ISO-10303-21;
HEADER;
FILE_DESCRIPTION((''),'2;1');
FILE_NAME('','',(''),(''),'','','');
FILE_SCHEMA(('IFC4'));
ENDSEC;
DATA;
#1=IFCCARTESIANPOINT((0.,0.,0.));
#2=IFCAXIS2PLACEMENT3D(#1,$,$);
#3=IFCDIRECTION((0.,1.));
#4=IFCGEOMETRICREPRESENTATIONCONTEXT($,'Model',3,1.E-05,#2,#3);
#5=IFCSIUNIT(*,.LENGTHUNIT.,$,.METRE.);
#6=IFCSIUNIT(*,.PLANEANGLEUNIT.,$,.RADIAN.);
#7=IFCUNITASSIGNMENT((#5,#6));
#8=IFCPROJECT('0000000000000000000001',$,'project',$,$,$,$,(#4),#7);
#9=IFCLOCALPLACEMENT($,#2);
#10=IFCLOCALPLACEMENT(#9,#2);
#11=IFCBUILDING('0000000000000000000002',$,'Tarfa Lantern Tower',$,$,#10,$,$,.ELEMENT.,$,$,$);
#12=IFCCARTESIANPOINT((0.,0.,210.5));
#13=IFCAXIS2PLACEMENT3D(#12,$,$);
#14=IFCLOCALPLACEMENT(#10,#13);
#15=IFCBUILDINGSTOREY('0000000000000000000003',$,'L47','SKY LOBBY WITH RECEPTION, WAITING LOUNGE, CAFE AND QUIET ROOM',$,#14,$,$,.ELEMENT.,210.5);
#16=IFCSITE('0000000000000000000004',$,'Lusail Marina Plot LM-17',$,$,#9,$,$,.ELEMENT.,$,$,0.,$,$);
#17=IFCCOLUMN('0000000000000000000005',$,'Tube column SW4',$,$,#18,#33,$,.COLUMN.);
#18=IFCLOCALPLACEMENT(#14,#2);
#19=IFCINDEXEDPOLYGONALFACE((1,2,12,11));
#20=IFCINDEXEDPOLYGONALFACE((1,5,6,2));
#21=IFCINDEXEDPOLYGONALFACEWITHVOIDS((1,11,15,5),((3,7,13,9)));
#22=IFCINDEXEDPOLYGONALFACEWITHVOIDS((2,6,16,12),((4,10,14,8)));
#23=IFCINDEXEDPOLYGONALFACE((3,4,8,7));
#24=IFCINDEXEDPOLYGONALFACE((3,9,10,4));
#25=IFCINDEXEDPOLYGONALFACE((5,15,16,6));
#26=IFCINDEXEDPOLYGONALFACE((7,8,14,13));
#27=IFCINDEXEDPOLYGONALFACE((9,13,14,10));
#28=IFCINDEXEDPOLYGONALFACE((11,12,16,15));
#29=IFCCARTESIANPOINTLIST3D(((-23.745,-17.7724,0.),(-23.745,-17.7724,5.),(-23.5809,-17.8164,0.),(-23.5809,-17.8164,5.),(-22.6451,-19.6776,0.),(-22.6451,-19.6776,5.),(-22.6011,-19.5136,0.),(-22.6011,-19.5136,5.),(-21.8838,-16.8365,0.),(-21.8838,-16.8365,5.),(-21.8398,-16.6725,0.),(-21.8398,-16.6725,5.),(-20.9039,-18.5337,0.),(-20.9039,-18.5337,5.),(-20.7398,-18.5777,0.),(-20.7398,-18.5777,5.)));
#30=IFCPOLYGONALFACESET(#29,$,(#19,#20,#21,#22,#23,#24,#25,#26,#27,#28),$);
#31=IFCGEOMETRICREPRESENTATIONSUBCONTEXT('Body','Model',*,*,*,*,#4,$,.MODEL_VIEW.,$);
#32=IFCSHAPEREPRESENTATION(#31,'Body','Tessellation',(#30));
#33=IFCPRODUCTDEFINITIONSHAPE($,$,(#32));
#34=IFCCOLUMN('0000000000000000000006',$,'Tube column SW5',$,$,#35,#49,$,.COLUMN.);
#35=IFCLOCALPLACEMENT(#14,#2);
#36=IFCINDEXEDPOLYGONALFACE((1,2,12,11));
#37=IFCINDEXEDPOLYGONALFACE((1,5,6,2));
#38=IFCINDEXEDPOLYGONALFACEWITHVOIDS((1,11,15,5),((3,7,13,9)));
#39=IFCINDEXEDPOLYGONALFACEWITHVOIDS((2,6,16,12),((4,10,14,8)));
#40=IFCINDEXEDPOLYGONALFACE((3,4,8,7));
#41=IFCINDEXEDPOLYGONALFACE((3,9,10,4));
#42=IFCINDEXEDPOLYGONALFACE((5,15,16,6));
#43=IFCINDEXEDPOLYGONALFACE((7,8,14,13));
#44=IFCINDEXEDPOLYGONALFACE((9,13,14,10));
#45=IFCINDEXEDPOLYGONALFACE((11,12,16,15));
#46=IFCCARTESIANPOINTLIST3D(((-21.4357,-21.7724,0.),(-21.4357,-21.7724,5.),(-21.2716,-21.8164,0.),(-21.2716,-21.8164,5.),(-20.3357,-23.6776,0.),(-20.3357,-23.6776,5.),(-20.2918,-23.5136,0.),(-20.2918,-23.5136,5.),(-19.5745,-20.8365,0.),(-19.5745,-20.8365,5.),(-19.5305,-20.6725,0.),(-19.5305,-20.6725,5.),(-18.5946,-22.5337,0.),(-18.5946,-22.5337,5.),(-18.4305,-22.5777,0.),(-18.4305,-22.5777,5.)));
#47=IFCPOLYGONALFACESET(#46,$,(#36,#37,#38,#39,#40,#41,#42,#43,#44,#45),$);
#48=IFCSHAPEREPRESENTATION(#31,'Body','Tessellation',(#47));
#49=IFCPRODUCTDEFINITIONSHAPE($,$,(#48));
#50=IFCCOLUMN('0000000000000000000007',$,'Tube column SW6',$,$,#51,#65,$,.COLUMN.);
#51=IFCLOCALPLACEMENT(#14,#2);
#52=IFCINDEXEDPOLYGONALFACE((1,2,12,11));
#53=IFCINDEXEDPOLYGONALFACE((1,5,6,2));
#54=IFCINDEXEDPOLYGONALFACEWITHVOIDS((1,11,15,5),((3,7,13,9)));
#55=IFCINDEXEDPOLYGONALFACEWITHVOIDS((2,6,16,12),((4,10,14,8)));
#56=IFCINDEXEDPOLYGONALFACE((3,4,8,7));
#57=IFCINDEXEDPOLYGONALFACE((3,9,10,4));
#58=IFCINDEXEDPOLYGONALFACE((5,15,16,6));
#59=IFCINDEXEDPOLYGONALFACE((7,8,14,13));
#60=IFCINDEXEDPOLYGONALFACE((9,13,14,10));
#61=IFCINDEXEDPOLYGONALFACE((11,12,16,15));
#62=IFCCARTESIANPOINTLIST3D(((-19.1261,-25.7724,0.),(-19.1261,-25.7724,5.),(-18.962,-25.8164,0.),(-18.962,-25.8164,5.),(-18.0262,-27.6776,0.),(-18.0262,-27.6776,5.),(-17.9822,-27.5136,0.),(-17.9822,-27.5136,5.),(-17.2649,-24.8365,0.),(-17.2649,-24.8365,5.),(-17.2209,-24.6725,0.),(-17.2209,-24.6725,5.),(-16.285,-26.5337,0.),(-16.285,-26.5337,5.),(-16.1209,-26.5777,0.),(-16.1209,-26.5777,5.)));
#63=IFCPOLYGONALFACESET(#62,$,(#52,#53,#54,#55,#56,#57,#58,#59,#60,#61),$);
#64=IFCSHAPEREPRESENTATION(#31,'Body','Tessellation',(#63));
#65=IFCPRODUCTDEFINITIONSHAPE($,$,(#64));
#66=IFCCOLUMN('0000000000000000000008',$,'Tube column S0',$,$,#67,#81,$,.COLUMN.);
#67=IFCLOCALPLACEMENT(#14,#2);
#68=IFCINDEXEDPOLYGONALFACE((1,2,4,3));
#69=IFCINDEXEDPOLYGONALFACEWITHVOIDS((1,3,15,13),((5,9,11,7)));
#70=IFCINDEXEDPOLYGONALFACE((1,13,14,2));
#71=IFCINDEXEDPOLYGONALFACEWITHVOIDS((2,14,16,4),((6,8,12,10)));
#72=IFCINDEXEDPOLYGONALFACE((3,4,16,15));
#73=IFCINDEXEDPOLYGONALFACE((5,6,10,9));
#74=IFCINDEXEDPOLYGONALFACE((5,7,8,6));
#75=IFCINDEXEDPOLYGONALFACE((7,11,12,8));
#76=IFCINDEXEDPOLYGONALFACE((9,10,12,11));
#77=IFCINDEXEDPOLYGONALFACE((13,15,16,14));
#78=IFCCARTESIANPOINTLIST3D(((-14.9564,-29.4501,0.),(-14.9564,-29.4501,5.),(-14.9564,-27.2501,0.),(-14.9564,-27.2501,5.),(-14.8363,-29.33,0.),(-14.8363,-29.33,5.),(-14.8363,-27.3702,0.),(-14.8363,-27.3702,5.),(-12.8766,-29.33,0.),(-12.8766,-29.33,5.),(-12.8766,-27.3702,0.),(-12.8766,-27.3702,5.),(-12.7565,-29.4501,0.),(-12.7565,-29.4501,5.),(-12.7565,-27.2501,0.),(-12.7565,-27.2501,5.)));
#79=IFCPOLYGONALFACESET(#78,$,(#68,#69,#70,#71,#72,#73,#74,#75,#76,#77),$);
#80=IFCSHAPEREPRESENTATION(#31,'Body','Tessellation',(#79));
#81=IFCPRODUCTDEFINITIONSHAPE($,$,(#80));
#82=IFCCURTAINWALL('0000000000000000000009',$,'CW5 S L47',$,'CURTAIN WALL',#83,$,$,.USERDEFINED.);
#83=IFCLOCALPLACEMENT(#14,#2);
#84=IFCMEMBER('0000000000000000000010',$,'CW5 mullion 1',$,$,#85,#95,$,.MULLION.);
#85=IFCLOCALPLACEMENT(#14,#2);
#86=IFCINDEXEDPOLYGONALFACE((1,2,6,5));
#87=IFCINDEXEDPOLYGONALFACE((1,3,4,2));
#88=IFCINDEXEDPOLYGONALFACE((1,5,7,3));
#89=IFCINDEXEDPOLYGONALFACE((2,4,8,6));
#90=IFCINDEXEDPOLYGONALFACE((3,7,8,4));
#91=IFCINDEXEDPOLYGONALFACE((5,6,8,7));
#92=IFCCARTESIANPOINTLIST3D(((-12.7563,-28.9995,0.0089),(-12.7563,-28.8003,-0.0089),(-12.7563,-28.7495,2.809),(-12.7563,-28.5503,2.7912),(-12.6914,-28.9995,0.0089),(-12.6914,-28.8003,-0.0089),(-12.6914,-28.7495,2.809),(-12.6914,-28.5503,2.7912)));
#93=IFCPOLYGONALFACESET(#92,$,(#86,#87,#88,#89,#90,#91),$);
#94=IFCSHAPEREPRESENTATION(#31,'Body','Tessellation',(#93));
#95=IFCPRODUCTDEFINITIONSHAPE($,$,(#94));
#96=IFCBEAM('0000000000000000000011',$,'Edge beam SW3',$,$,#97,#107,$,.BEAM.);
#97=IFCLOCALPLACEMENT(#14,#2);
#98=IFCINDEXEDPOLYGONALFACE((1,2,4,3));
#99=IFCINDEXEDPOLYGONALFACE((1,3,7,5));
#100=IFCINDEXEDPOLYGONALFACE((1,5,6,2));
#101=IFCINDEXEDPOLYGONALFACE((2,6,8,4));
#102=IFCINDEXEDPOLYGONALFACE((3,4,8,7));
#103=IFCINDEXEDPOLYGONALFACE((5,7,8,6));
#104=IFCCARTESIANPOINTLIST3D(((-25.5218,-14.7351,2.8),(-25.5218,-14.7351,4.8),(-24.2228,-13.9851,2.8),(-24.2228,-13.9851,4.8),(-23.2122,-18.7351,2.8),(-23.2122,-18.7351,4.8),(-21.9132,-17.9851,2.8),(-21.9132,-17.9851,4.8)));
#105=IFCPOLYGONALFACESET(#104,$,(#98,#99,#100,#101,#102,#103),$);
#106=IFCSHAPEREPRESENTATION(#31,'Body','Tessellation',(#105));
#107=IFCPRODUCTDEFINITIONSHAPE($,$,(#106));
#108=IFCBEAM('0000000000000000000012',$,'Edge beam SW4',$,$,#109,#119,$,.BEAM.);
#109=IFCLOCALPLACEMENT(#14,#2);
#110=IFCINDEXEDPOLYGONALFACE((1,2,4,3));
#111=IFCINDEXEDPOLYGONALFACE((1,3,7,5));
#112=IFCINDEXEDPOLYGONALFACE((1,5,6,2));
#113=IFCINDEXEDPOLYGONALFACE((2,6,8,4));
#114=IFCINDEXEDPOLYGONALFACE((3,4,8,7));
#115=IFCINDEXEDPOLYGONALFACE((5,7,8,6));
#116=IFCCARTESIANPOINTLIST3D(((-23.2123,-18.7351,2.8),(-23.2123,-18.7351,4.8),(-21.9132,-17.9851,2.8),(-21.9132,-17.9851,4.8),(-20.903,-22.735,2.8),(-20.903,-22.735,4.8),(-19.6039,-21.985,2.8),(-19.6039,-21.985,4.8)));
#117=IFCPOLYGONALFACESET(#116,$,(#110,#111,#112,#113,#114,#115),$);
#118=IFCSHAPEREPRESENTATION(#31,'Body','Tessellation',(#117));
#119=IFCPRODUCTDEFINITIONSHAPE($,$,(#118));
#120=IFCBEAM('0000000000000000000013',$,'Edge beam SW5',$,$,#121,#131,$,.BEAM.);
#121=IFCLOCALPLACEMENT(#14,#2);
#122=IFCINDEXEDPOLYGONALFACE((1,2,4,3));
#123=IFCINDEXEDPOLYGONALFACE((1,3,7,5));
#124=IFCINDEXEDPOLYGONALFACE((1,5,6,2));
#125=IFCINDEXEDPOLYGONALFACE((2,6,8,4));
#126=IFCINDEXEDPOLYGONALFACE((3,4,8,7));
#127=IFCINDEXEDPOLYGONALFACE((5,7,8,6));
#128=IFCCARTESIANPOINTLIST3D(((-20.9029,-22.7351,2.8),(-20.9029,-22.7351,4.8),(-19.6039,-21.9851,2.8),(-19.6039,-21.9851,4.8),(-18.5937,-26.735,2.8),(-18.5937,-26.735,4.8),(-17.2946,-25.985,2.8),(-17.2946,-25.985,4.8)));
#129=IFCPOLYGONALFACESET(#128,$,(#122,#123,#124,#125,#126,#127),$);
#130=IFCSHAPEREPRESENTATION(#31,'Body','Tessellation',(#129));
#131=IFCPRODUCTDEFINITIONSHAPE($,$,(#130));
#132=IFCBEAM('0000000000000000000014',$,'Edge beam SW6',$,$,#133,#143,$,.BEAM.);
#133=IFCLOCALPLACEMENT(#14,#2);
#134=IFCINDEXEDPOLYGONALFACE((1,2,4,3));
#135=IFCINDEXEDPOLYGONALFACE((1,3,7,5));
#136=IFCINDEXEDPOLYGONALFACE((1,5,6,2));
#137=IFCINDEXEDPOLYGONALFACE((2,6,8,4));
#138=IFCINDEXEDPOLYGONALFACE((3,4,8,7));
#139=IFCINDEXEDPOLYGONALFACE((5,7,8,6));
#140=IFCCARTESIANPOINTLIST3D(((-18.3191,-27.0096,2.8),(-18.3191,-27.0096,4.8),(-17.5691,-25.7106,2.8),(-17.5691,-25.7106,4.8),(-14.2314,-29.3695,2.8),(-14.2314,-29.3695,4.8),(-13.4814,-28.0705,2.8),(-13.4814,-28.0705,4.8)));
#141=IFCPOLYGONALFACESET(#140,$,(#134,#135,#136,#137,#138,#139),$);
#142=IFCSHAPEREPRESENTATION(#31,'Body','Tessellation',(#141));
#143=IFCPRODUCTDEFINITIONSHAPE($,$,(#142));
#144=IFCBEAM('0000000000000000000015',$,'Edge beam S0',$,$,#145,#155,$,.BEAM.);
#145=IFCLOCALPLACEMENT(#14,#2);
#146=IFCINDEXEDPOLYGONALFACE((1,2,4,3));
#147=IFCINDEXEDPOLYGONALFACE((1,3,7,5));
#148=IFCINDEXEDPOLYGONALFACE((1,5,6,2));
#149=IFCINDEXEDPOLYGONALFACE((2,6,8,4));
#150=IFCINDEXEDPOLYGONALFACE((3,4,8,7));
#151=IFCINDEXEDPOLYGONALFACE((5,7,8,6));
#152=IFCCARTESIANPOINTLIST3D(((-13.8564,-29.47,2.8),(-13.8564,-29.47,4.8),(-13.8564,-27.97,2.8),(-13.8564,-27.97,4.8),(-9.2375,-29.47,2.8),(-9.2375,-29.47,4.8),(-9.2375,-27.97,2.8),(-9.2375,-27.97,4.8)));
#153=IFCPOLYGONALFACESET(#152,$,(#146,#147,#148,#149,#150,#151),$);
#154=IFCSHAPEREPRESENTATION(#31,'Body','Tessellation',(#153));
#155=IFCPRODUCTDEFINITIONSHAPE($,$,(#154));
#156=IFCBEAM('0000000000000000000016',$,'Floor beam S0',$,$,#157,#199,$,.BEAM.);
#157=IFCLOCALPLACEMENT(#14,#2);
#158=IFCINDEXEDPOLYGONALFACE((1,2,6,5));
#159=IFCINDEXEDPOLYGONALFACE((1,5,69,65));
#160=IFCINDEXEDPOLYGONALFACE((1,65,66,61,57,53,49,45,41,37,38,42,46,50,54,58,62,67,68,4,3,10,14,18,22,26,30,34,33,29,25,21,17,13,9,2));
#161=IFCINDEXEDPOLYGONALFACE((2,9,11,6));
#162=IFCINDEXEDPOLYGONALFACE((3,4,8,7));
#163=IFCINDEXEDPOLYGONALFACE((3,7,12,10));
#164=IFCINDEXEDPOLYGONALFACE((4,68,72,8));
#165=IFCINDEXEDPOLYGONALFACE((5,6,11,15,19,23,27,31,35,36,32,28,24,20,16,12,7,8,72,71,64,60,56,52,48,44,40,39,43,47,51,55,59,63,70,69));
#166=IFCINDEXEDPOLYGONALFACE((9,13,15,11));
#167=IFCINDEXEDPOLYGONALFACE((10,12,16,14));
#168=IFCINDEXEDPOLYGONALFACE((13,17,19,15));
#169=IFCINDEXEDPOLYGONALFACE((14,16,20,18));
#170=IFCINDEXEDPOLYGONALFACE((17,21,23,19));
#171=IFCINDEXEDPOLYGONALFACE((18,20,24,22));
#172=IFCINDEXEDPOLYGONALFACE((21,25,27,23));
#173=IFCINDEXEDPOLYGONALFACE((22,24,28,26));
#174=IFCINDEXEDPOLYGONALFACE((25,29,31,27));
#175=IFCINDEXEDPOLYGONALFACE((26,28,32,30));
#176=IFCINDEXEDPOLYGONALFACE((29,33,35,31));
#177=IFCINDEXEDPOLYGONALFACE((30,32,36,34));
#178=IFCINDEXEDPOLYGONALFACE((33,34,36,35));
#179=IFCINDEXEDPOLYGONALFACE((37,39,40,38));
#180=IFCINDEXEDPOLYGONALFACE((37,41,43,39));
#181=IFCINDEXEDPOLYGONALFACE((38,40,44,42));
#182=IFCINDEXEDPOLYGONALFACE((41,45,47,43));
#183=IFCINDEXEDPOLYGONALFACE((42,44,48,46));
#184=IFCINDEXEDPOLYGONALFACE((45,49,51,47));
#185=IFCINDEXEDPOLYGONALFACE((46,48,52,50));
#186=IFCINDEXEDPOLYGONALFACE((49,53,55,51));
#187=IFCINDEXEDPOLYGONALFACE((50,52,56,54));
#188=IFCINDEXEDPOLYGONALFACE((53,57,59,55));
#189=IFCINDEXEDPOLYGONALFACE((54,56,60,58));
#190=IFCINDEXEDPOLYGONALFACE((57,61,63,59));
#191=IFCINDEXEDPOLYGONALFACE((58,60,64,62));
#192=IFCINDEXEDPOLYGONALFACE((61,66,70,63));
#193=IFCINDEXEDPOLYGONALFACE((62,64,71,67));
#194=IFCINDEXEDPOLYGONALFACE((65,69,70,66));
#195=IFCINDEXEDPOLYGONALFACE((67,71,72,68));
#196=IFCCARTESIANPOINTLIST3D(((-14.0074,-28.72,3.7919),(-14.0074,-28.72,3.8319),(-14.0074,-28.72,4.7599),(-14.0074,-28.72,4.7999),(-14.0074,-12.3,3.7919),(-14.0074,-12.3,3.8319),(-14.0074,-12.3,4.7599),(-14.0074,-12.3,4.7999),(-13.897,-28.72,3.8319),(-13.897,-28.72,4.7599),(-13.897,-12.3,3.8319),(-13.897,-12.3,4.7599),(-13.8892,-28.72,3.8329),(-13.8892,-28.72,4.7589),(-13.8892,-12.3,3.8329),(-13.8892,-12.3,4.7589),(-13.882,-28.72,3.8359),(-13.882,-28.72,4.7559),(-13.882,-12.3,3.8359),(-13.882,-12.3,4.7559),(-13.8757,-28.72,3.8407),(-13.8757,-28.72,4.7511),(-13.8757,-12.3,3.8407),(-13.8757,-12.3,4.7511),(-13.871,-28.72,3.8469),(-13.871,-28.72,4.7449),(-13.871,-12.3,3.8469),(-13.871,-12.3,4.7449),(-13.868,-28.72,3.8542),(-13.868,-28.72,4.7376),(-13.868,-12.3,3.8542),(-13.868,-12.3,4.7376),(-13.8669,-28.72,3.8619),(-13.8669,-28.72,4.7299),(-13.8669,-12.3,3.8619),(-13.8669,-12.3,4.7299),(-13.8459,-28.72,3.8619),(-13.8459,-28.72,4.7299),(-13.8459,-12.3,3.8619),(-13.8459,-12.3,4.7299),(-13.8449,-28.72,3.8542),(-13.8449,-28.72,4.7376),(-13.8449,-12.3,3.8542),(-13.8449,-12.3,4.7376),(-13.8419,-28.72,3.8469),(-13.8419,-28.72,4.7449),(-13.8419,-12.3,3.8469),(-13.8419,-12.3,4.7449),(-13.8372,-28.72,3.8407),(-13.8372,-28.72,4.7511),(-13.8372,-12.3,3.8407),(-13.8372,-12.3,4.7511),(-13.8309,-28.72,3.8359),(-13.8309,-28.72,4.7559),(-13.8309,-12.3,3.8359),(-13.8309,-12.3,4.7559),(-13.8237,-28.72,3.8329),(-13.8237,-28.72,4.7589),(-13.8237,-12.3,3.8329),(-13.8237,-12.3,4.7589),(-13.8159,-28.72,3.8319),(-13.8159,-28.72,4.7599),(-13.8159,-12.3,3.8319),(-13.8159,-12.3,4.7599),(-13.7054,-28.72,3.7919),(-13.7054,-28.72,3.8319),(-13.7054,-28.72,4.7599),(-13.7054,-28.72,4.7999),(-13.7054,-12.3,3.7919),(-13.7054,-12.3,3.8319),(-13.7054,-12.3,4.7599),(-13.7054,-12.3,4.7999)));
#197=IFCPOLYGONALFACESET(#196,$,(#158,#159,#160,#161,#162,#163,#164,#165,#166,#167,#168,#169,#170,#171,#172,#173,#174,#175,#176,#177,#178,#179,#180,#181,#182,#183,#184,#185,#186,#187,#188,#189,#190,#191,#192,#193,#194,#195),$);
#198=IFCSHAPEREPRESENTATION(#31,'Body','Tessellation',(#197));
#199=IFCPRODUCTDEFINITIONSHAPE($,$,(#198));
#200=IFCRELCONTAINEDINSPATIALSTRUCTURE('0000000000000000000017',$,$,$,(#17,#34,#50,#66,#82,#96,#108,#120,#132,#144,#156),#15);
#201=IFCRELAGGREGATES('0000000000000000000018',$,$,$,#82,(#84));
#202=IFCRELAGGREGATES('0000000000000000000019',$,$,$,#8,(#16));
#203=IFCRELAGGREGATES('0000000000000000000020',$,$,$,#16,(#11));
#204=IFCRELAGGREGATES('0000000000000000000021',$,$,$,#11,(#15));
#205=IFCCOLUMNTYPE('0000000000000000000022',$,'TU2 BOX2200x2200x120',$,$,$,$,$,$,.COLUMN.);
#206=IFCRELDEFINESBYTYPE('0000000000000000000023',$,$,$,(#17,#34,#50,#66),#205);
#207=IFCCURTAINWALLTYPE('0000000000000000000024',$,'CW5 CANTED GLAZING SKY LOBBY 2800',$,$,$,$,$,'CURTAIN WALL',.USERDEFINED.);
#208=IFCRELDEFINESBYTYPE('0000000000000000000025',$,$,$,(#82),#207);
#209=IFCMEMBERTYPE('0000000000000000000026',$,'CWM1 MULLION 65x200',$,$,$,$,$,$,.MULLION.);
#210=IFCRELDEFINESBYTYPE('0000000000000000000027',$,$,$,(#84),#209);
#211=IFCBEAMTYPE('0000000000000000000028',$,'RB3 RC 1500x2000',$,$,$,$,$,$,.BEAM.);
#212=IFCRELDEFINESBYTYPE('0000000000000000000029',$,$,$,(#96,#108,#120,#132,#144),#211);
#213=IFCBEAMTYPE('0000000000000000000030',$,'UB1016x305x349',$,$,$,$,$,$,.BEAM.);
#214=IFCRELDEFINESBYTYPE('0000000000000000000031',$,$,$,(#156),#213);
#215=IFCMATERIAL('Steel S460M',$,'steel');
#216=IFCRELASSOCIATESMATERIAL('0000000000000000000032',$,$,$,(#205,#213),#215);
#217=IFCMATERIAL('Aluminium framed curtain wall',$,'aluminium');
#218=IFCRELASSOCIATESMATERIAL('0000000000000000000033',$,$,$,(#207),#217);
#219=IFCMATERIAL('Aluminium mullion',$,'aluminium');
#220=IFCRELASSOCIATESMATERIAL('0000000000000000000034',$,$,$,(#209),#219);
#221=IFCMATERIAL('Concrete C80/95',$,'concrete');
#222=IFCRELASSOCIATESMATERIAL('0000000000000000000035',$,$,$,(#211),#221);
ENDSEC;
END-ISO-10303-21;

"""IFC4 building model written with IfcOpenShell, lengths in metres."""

from ifc_helpers import new_model, si_unit, direction, frame, origin, origin_2d, place, context, subcontext, project, spatial, rectangle, hollow_rectangle, i_section, extrude, material, material_profile, profile_set, type_object, element, aggregate, save


model = new_model("IFC4")

# Units and contexts
model_context = context("Model", 3, precision=1e-05, world=origin(), true_north=direction((0.0, 1.0)))
body_context = subcontext(model_context, "Body", "Model", "MODEL_VIEW")
ifc_project = project(units=[si_unit("LENGTHUNIT", "METRE"), si_unit("PLANEANGLEUNIT", "RADIAN")], contexts=[model_context])

# Site, building, storey
site_placement = place(None, origin())
site = spatial("IfcSite", under=ifc_project, at=site_placement, Name="Lusail Marina Plot LM-17", CompositionType="ELEMENT", RefElevation=0.0)
building_placement = place(site_placement, origin())
building = spatial("IfcBuilding", under=site, at=building_placement, Name="Tarfa Lantern Tower", CompositionType="ELEMENT")
storey_placement = place(building_placement, frame((0.0, 0.0, 210.5)))
storey = spatial("IfcBuildingStorey", under=building, at=storey_placement, Name="L47", Description="SKY LOBBY WITH RECEPTION, WAITING LOUNGE, CAFE AND QUIET ROOM", CompositionType="ELEMENT", Elevation=210.5)

# Columns
ifc_material_1 = material(Name="Steel S460M", Category="steel")
ifc_material_profile_1 = material_profile(ifc_material_1, hollow_rectangle(XDim=2.2, YDim=2.2, WallThickness=0.1201, at=origin_2d()), Name="BOX2200x2200x120")
ifc_profile_set_1 = profile_set([ifc_material_profile_1], Name="Steel S460M")
column_type = type_object("IfcColumnType", Name="TU2 BOX2200x2200x120", PredefinedType="COLUMN", material=ifc_profile_set_1)
for number, where, z_axis, x_axis, name in (
    (1, (-22.2424, -18.175, 0.0), (0.0, 0.0, 1.0), (0.5, -0.866025, 0.0), "Tube column SW4"),
    (2, (-19.9331, -22.175, 0.0), (0.0, 0.0, 1.0), (0.5, -0.866025, 0.0), "Tube column SW5"),
    (3, (-17.6235, -26.175, 0.0), (0.0, 0.0, 1.0), (0.5, -0.866025, 0.0), "Tube column SW6"),
    (4, (-13.8564, -28.3501, 0.0), (0.0, 0.0, 1.0), (1.0, 0.0, 0.0), "Tube column S0"),
):
    element("IfcColumn", number, at=place(storey_placement, frame(where, z_axis=z_axis, x_axis=x_axis)), inside=storey, type_object=column_type, Name=name, PredefinedType="COLUMN", context=body_context, shape_type="SweptSolid", body=[
        extrude(hollow_rectangle(XDim=2.2, YDim=2.2, WallThickness=0.1201, at=origin_2d()), origin(), (0.0, 0.0, 1.0), 5.0),
    ])

# Curtain wall, member
ifc_material_2 = material(Name="Aluminium framed curtain wall", Category="aluminium")
curtain_wall_type = type_object("IfcCurtainWallType", Name="CW5 CANTED GLAZING SKY LOBBY 2800", ElementType="CURTAIN WALL", PredefinedType="USERDEFINED", material=ifc_material_2)
curtain_wall_placement = place(storey_placement, origin())
curtain_wall = element("IfcCurtainWall", 5, at=curtain_wall_placement, inside=storey, type_object=curtain_wall_type, Name="CW5 S L47", ObjectType="CURTAIN WALL", PredefinedType="USERDEFINED")
ifc_material_3 = material(Name="Aluminium mullion", Category="aluminium")
ifc_material_profile_2 = material_profile(ifc_material_3, rectangle(XDim=0.0649, YDim=0.2, at=origin_2d()), Name="AL MULLION 65x200")
ifc_profile_set_2 = profile_set([ifc_material_profile_2], Name="Aluminium mullion")
member_type = type_object("IfcMemberType", Name="CWM1 MULLION 65x200", PredefinedType="MULLION", material=ifc_profile_set_2)
member_placement = place(storey_placement, frame((-12.7239, -28.8999, 0.0), z_axis=(0.0, 0.08893, 0.996038), x_axis=(-1.0, 0.0, 0.0)))
member = element("IfcMember", 6, at=member_placement, type_object=member_type, Name="CW5 mullion 1", PredefinedType="MULLION", context=body_context, shape_type="SweptSolid", body=[
    extrude(rectangle(XDim=0.0649, YDim=0.2, at=origin_2d()), origin(), (0.0, 0.0, 1.0), 2.8113),
])

# Beams
ifc_material_4 = material(Name="Concrete C80/95", Category="concrete")
ifc_material_profile_3 = material_profile(ifc_material_4, rectangle(XDim=1.5, YDim=2.0, at=origin_2d()), Name="RC 1500x2000")
ifc_profile_set_3 = profile_set([ifc_material_profile_3], Name="Concrete C80/95")
beam_type_1 = type_object("IfcBeamType", Name="RB3 RC 1500x2000", PredefinedType="BEAM", material=ifc_profile_set_3)
beam_1_placement = place(storey_placement, frame((-24.8723, -14.3601, 3.8), z_axis=(0.500027, -0.86601, 0.0), x_axis=(0.86601, 0.500027, 0.0)))
element("IfcBeam", 7, at=beam_1_placement, inside=storey, type_object=beam_type_1, Name="Edge beam SW3", PredefinedType="BEAM", context=body_context, shape_type="SweptSolid", body=[
    extrude(rectangle(XDim=1.5, YDim=2.0, at=origin_2d()), origin(), (0.0, 0.0, 1.0), 4.6189),
])
for number, where, z_axis, x_axis, name in (
    (8, (-22.5627, -18.3601, 3.8), (0.499988, -0.866032, 0.0), (0.866032, 0.499988, 0.0), "Edge beam SW4"),
    (9, (-20.2534, -22.3601, 3.8), (0.499988, -0.866032, 0.0), (0.866032, 0.499988, 0.0), "Edge beam SW5"),
):
    element("IfcBeam", number, at=place(storey_placement, frame(where, z_axis=z_axis, x_axis=x_axis)), inside=storey, type_object=beam_type_1, Name=name, PredefinedType="BEAM", context=body_context, shape_type="SweptSolid", body=[
        extrude(rectangle(XDim=1.5, YDim=2.0, at=origin_2d()), origin(), (0.0, 0.0, 1.0), 4.6187),
    ])
beam_2_placement = place(storey_placement, frame((-17.9441, -26.3601, 3.8), z_axis=(0.866038, -0.499978, 0.0), x_axis=(0.499978, 0.866038, 0.0)))
element("IfcBeam", 10, at=beam_2_placement, inside=storey, type_object=beam_type_1, Name="Edge beam SW6", PredefinedType="BEAM", context=body_context, shape_type="SweptSolid", body=[
    extrude(rectangle(XDim=1.5, YDim=2.0, at=origin_2d()), origin(), (0.0, 0.0, 1.0), 4.72),
])
beam_3_placement = place(storey_placement, frame((-13.8564, -28.72, 3.8), z_axis=(1.0, 0.0, 0.0), x_axis=(0.0, 1.0, 0.0)))
element("IfcBeam", 11, at=beam_3_placement, inside=storey, type_object=beam_type_1, Name="Edge beam S0", PredefinedType="BEAM", context=body_context, shape_type="SweptSolid", body=[
    extrude(rectangle(XDim=1.5, YDim=2.0, at=origin_2d()), origin(), (0.0, 0.0, 1.0), 4.6189),
])
ifc_material_profile_4 = material_profile(ifc_material_1, i_section(OverallWidth=0.302, OverallDepth=1.0081, WebThickness=0.021, FlangeThickness=0.04, FilletRadius=0.03, at=origin_2d()), Name="UB1016x305x349")
ifc_profile_set_4 = profile_set([ifc_material_profile_4], Name="Steel S460M")
beam_type_2 = type_object("IfcBeamType", Name="UB1016x305x349", PredefinedType="BEAM", material=ifc_profile_set_4)
beam_4_placement = place(storey_placement, frame((-13.8564, -28.72, 4.2959), z_axis=(0.0, 1.0, 0.0), x_axis=(-1.0, 0.0, 0.0)))
element("IfcBeam", 12, at=beam_4_placement, inside=storey, type_object=beam_type_2, Name="Floor beam S0", PredefinedType="BEAM", context=body_context, shape_type="SweptSolid", body=[
    extrude(i_section(OverallWidth=0.302, OverallDepth=1.0081, WebThickness=0.021, FlangeThickness=0.04, FilletRadius=0.03, at=origin_2d()), origin(), (0.0, 0.0, 1.0), 16.4199),
])

aggregate(curtain_wall, [member])

save(model, "model.ifc")
